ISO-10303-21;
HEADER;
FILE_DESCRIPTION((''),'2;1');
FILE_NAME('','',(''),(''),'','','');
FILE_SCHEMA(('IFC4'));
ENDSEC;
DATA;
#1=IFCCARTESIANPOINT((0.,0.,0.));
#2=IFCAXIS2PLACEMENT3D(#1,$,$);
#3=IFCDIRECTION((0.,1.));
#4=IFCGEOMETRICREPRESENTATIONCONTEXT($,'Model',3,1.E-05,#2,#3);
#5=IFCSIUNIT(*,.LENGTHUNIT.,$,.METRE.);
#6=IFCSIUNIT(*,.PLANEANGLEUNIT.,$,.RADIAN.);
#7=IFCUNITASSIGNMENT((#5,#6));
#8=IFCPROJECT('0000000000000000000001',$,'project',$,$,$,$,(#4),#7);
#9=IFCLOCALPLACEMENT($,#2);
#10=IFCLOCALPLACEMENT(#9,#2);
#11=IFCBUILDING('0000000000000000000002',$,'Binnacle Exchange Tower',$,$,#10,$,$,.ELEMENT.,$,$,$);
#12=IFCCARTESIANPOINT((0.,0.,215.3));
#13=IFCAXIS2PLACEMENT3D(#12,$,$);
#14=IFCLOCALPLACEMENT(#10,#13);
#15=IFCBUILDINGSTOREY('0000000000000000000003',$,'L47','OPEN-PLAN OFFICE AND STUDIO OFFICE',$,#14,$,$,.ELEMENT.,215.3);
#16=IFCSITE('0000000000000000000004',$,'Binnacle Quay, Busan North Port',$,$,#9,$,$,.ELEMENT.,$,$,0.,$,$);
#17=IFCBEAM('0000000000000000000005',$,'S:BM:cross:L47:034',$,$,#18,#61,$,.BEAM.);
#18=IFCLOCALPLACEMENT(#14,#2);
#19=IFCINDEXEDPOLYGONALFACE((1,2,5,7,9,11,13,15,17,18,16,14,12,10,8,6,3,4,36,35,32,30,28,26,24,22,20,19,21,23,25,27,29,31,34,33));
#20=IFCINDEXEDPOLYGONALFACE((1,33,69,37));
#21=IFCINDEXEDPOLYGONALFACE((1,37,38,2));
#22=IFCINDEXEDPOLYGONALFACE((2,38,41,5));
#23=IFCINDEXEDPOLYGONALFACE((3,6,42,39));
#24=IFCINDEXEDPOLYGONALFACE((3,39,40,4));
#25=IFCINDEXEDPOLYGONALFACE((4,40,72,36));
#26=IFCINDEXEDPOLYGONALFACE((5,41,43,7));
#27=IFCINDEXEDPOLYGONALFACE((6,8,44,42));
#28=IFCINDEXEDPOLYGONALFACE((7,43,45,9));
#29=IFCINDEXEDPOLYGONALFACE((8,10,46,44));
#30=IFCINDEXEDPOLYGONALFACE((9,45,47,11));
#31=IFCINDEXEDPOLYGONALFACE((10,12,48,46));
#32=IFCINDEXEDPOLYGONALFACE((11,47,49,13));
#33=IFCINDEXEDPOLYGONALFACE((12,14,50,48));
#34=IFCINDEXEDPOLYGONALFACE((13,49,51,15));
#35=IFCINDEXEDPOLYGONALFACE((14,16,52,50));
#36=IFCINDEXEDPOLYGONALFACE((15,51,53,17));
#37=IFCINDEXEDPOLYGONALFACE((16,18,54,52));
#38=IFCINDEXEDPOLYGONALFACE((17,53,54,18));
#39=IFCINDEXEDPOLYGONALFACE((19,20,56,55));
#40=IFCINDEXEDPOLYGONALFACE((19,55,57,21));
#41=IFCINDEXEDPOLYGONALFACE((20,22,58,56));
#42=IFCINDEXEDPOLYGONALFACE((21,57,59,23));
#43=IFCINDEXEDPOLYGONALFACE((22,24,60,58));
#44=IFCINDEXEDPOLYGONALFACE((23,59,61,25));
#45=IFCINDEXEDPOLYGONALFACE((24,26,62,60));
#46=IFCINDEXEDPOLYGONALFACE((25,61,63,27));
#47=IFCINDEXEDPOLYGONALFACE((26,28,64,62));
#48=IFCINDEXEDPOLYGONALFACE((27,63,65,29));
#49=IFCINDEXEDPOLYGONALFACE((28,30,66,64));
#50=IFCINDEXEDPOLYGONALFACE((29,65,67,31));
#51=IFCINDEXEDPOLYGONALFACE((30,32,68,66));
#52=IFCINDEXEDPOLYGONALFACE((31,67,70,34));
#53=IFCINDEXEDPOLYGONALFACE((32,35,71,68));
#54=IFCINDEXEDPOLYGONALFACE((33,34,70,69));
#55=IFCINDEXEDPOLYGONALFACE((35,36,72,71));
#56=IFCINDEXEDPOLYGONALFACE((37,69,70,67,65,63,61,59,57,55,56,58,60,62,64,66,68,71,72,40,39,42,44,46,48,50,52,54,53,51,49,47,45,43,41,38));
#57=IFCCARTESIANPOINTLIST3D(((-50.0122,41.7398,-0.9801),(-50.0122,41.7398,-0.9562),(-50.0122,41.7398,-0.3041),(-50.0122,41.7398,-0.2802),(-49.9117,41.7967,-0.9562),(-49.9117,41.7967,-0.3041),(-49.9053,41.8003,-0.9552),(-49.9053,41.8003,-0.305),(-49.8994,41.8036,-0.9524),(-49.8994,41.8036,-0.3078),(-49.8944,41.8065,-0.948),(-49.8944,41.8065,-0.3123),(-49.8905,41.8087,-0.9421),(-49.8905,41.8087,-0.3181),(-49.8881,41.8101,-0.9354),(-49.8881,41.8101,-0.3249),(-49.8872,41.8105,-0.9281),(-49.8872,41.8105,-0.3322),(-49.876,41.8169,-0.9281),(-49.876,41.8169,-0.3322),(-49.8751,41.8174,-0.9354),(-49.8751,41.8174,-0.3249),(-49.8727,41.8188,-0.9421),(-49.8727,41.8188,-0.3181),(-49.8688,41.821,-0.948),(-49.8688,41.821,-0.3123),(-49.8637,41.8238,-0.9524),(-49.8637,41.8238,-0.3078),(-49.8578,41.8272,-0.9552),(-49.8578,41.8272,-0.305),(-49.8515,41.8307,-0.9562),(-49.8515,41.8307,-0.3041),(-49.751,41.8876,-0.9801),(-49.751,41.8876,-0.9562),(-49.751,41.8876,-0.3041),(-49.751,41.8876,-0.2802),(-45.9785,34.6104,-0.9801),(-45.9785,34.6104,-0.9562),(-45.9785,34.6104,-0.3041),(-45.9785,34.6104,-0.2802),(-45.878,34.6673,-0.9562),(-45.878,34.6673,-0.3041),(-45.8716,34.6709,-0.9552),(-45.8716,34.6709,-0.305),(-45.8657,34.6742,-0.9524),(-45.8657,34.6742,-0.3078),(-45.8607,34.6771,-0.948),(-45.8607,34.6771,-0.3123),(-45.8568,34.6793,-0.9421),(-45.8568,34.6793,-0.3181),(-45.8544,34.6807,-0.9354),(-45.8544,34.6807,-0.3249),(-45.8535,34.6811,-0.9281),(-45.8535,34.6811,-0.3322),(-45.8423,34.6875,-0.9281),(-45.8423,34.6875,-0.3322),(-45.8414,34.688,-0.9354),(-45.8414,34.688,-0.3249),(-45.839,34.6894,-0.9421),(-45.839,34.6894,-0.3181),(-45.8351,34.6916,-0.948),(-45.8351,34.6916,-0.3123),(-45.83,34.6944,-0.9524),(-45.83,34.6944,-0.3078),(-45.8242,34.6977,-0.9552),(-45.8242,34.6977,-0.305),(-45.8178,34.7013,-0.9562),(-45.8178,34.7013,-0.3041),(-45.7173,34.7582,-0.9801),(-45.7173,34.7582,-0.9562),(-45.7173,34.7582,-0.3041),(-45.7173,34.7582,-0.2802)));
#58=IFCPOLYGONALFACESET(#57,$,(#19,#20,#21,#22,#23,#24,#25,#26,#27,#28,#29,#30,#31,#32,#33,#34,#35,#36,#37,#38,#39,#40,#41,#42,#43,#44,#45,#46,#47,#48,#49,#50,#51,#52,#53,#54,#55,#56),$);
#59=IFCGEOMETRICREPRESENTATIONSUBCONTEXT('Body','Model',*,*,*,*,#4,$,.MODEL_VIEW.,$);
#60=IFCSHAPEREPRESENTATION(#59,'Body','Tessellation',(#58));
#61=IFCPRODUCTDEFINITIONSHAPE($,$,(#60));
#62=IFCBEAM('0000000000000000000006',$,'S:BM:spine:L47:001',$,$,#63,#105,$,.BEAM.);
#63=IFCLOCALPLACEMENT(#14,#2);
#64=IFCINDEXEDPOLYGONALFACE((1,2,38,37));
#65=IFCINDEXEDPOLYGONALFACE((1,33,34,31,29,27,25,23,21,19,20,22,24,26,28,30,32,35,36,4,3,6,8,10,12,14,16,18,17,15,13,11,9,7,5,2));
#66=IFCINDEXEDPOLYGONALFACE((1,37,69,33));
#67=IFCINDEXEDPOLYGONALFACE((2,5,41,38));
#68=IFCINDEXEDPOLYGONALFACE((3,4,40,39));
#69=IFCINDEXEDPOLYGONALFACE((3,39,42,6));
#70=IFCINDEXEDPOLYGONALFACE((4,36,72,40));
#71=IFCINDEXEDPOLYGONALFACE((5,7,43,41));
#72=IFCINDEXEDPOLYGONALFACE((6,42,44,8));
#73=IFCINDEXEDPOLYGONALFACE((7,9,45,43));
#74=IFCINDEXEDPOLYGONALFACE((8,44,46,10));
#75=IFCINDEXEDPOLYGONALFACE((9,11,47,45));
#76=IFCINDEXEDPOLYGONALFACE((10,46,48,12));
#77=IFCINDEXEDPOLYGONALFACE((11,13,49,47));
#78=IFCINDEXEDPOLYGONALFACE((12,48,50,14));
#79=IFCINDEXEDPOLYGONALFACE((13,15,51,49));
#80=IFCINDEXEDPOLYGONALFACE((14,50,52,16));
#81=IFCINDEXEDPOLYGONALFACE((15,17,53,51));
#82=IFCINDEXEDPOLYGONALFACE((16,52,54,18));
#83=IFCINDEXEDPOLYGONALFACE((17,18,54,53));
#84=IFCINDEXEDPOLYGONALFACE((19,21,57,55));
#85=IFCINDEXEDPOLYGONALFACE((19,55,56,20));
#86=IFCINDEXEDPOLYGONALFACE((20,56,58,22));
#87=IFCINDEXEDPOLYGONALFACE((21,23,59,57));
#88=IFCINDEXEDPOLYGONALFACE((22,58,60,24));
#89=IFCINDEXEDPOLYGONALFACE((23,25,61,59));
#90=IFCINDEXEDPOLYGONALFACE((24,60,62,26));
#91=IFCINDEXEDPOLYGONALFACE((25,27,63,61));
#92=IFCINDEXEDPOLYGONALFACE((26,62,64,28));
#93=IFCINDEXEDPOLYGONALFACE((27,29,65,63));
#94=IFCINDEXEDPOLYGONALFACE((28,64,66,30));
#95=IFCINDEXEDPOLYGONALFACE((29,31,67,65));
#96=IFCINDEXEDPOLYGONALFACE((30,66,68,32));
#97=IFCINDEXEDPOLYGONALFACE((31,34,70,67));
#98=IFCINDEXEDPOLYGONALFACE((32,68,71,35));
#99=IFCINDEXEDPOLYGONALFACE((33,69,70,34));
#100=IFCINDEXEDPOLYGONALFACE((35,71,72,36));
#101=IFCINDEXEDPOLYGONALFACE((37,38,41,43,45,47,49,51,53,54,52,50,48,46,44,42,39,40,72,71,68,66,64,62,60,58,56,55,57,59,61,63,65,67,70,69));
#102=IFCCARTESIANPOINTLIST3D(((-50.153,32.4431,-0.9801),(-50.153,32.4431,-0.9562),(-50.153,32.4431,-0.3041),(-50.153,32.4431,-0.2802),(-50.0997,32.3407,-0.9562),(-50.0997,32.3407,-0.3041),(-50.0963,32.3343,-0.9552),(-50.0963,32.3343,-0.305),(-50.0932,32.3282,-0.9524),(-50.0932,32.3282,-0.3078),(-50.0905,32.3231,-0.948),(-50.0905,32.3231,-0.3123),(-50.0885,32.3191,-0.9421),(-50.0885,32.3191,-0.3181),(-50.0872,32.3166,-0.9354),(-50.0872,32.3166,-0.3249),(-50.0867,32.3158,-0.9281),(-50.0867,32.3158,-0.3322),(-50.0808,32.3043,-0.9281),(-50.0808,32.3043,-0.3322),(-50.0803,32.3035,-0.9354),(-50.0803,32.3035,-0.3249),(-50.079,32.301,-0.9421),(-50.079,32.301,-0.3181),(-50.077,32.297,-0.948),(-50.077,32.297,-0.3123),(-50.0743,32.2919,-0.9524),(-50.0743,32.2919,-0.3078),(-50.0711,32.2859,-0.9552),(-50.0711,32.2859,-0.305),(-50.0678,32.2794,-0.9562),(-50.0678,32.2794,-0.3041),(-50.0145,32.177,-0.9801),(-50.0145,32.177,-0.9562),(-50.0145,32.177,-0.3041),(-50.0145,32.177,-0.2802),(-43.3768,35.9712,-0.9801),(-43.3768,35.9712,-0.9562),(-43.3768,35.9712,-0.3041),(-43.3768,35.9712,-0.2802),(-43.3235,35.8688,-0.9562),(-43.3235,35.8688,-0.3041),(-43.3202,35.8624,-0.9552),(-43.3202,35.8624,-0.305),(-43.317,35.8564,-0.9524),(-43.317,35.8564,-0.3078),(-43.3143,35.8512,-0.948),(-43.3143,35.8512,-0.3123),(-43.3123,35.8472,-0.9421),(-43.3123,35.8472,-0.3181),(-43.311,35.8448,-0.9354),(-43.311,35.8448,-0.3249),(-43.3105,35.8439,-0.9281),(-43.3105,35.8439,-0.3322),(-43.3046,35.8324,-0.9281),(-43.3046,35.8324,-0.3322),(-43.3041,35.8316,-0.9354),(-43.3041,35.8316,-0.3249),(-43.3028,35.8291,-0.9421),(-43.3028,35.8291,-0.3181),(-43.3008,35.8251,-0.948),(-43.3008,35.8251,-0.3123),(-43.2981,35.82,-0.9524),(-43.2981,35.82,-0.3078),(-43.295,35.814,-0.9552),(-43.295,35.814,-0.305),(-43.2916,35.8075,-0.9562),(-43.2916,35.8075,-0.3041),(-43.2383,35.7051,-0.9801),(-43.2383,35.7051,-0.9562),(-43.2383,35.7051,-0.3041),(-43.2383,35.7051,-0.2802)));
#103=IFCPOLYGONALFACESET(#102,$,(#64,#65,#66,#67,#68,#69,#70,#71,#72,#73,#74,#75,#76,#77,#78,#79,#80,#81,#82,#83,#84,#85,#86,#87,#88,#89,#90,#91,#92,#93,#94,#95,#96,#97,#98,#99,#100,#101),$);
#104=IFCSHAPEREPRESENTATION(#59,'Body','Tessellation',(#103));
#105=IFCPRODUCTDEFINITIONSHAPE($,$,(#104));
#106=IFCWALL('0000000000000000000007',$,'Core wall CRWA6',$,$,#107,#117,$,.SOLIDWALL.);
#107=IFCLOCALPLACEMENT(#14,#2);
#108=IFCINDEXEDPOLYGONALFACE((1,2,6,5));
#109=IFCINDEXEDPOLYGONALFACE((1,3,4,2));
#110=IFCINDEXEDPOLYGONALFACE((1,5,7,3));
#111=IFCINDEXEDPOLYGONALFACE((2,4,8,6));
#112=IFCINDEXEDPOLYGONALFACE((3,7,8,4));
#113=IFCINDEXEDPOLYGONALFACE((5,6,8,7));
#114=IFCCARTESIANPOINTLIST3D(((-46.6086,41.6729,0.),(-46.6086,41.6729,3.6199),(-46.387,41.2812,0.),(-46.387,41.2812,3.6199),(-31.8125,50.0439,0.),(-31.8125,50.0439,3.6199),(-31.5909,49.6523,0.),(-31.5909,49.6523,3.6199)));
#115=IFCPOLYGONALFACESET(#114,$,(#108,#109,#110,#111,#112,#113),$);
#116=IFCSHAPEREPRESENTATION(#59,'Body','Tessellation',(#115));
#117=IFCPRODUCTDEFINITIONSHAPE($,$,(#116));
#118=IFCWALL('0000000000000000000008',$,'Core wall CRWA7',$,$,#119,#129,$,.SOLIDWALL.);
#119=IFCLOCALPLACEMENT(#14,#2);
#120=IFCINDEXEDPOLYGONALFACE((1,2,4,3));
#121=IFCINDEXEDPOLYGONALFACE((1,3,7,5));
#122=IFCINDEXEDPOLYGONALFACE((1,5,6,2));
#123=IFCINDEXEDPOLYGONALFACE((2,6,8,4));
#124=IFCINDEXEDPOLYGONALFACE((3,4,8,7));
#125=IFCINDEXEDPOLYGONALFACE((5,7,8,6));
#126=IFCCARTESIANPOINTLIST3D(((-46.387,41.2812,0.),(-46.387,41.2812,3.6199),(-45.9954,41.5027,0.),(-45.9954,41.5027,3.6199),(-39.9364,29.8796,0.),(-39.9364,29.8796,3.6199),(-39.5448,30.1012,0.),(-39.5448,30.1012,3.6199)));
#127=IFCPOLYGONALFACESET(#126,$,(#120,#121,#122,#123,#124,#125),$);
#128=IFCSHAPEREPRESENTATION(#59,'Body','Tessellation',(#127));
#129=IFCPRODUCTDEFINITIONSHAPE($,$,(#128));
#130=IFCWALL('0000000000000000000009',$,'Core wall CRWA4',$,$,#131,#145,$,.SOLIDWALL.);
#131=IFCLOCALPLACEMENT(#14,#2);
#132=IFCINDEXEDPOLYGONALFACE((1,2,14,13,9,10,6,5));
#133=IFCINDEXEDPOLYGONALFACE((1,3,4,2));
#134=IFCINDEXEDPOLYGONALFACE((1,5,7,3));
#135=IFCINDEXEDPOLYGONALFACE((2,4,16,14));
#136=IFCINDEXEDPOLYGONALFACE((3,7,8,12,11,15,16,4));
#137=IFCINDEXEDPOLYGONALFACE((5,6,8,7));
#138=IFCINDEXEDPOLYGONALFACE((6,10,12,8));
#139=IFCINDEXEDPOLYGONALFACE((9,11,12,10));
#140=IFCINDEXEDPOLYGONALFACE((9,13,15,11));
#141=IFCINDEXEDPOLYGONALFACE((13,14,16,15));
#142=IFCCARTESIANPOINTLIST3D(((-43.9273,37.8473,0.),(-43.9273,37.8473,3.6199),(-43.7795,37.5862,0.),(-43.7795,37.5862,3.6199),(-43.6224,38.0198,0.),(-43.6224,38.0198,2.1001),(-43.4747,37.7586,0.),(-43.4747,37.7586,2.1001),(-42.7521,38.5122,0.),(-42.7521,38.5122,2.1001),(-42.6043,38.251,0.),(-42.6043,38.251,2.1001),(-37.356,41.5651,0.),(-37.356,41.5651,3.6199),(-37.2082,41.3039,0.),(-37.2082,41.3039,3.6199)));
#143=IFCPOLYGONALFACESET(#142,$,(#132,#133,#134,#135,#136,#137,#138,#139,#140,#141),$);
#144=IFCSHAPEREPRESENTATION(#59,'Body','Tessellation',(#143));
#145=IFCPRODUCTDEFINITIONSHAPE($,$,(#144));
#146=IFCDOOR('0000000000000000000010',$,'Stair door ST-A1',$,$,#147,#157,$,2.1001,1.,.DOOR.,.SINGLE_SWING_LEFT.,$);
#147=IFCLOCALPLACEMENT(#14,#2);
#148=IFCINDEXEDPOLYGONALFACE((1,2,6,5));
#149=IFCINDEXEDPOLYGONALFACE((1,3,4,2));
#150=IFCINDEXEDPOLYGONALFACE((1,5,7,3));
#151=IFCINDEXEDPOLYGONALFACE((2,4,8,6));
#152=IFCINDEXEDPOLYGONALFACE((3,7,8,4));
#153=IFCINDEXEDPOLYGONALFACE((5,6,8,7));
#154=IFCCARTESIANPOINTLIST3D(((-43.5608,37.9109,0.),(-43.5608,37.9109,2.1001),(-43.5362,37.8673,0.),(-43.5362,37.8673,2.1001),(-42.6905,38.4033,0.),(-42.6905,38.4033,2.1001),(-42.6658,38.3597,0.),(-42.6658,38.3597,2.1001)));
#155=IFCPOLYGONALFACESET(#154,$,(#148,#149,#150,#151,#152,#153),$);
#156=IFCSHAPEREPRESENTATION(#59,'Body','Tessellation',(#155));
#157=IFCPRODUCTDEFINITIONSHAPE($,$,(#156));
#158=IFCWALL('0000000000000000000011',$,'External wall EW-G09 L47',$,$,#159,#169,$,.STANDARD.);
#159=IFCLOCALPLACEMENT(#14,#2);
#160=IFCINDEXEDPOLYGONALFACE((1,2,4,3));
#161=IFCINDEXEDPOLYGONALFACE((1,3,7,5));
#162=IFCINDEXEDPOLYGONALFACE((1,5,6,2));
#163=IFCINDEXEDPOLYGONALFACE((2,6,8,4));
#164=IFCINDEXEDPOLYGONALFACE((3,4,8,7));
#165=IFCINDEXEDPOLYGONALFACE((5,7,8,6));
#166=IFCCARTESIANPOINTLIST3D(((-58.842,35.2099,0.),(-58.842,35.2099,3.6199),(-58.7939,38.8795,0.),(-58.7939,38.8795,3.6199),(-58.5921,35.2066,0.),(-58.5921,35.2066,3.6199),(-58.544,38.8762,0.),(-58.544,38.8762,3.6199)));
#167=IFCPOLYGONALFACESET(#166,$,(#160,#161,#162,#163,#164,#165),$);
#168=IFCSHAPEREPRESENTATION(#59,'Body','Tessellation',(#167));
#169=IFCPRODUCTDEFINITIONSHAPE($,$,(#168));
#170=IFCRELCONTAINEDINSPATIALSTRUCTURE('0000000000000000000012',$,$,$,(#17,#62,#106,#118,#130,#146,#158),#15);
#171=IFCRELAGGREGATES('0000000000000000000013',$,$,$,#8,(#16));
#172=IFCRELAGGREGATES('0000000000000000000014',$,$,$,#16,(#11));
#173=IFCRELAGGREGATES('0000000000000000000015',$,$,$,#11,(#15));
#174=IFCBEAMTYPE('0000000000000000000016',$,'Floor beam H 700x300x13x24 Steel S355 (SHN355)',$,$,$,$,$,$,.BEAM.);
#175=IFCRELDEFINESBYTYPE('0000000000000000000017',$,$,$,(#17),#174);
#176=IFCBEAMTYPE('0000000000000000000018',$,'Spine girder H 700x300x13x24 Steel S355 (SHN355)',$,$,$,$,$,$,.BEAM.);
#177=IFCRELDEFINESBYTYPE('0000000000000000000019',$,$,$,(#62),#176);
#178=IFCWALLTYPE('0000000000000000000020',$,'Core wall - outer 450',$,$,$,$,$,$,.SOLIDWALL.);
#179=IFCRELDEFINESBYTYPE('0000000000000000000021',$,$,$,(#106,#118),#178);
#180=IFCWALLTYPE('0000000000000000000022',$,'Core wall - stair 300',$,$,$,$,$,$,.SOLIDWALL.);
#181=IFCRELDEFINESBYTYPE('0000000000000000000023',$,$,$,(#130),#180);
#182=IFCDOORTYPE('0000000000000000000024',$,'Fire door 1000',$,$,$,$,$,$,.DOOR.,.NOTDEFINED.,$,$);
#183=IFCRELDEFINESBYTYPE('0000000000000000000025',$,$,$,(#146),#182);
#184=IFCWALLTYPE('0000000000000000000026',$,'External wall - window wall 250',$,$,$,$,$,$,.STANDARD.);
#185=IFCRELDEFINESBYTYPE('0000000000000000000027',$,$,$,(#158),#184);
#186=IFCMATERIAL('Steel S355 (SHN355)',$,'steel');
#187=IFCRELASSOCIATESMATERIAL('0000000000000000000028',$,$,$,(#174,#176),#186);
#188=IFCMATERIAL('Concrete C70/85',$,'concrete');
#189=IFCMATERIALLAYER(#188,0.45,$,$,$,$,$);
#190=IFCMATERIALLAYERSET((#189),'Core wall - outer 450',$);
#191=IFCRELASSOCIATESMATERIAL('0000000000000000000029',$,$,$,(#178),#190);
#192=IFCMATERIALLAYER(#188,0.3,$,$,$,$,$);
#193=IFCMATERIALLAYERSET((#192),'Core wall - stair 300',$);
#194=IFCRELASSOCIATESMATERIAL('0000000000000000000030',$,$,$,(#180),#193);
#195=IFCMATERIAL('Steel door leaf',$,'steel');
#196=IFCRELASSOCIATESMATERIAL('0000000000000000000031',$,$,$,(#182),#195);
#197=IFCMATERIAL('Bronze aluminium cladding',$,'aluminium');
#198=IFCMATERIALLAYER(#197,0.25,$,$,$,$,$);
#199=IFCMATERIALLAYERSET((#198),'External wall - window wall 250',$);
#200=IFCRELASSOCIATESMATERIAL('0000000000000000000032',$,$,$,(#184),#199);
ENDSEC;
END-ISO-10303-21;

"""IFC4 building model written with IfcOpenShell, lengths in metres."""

from ifc_helpers import new_model, si_unit, direction, frame, frame_2d, origin, origin_2d, place, context, subcontext, project, spatial, rectangle, i_section, extrude, material, layer, layer_set, material_profile, profile_set, type_object, element, fill, save


model = new_model("IFC4")

# Units and contexts
model_context = context("Model", 3, precision=1e-05, world=origin(), true_north=direction((0.0, 1.0)))
body_context = subcontext(model_context, "Body", "Model", "MODEL_VIEW")
ifc_project = project(units=[si_unit("LENGTHUNIT", "METRE"), si_unit("PLANEANGLEUNIT", "RADIAN")], contexts=[model_context])

# Site, building, storey
site_placement = place(None, origin())
site = spatial("IfcSite", under=ifc_project, at=site_placement, Name="Binnacle Quay, Busan North Port", CompositionType="ELEMENT", RefElevation=0.0)
building_placement = place(site_placement, origin())
building = spatial("IfcBuilding", under=site, at=building_placement, Name="Binnacle Exchange Tower", CompositionType="ELEMENT")
storey_placement = place(building_placement, frame((0.0, 0.0, 215.3)))
storey = spatial("IfcBuildingStorey", under=building, at=storey_placement, Name="L47", Description="OPEN-PLAN OFFICE AND STUDIO OFFICE", CompositionType="ELEMENT", Elevation=215.3)

# Beams
ifc_material_1 = material(Name="Steel S355 (SHN355)", Category="steel")
ifc_material_profile_1 = material_profile(ifc_material_1, i_section(OverallWidth=0.3, OverallDepth=0.7, WebThickness=0.0129, FlangeThickness=0.0239, FilletRadius=0.0281, at=origin_2d()), Name="H 700x300x13x24")
ifc_profile_set_1 = profile_set([ifc_material_profile_1], Name="Steel S355 (SHN355)")
beam_type_1 = type_object("IfcBeamType", Name="Floor beam H 700x300x13x24 Steel S355 (SHN355)", PredefinedType="BEAM", material=ifc_profile_set_1)
beam_1_placement = place(storey_placement, frame((-49.8816, 41.8137, -0.6301), z_axis=(0.49243, -0.870352, 0.0), x_axis=(0.870352, 0.49243, 0.0)))
element("IfcBeam", 1, at=beam_1_placement, inside=storey, type_object=beam_type_1, Name="S:BM:cross:L47:034", PredefinedType="BEAM", context=body_context, shape_type="SweptSolid", body=[
    extrude(i_section(OverallWidth=0.3, OverallDepth=0.7, WebThickness=0.0129, FlangeThickness=0.0239, FilletRadius=0.0281, at=origin_2d()), origin(), (0.0, 0.0, 1.0), 8.1914),
])
ifc_material_profile_2 = material_profile(ifc_material_1, i_section(OverallWidth=0.3, OverallDepth=0.7, WebThickness=0.0129, FlangeThickness=0.0239, FilletRadius=0.0281, at=origin_2d()), Name="H 700x300x13x24")
ifc_profile_set_2 = profile_set([ifc_material_profile_2], Name="Steel S355 (SHN355)")
beam_type_2 = type_object("IfcBeamType", Name="Spine girder H 700x300x13x24 Steel S355 (SHN355)", PredefinedType="BEAM", material=ifc_profile_set_2)
beam_2_placement = place(storey_placement, frame((-50.0837, 32.3101, -0.6301), z_axis=(0.886976, 0.461816, 0.0), x_axis=(-0.461816, 0.886976, 0.0)))
element("IfcBeam", 2, at=beam_2_placement, inside=storey, type_object=beam_type_2, Name="S:BM:spine:L47:001", PredefinedType="BEAM", context=body_context, shape_type="SweptSolid", body=[
    extrude(i_section(OverallWidth=0.3, OverallDepth=0.7, WebThickness=0.0129, FlangeThickness=0.0239, FilletRadius=0.0281, at=origin_2d()), origin(), (0.0, 0.0, 1.0), 7.6396),
])

# Walls
ifc_material_2 = material(Name="Concrete C70/85", Category="concrete")
ifc_layer_1 = layer(ifc_material_2, 0.45)
ifc_layer_set_1 = layer_set([ifc_layer_1], Name="Core wall - outer 450")
wall_type_1 = type_object("IfcWallType", Name="Core wall - outer 450", PredefinedType="SOLIDWALL", material=ifc_layer_set_1)
wall_1_placement = place(storey_placement, frame((-46.4978, 41.4771, 0.0), z_axis=(0.0, 0.0, 1.0), x_axis=(0.87036, 0.492416, 0.0)))
element("IfcWall", 3, at=wall_1_placement, inside=storey, type_object=wall_type_1, Name="Core wall CRWA6", PredefinedType="SOLIDWALL", context=body_context, shape_type="SweptSolid", body=[
    extrude(rectangle(XDim=17.0, YDim=0.45, at=frame_2d((8.5, 0.0))), origin(), (0.0, 0.0, 1.0), 3.6199),
])
wall_2_placement = place(storey_placement, frame((-46.1912, 41.3918, 0.0), z_axis=(0.0, 0.0, 1.0), x_axis=(0.492421, -0.870357, 0.0)))
element("IfcWall", 4, at=wall_2_placement, inside=storey, type_object=wall_type_1, Name="Core wall CRWA7", PredefinedType="SOLIDWALL", context=body_context, shape_type="SweptSolid", body=[
    extrude(rectangle(XDim=13.0999, YDim=0.45, at=frame_2d((6.5498, 0.0))), origin(), (0.0, 0.0, 1.0), 3.6199),
])

# Wall, opening, door
ifc_layer_2 = layer(ifc_material_2, 0.3)
ifc_layer_set_2 = layer_set([ifc_layer_2], Name="Core wall - stair 300")
wall_type_2 = type_object("IfcWallType", Name="Core wall - stair 300", PredefinedType="SOLIDWALL", material=ifc_layer_set_2)
wall_3_placement = place(storey_placement, frame((-43.8533, 37.7168, 0.0), z_axis=(0.0, 0.0, 1.0), x_axis=(0.87036, 0.492415, 0.0)))
wall_3 = element("IfcWall", 5, at=wall_3_placement, inside=storey, type_object=wall_type_2, Name="Core wall CRWA4", PredefinedType="SOLIDWALL", context=body_context, shape_type="SweptSolid", body=[
    extrude(rectangle(XDim=7.55, YDim=0.3, at=frame_2d((3.7749, 0.0))), origin(), (0.0, 0.0, 1.0), 3.6199),
])
opening_1_placement = place(wall_3_placement, frame((0.3501, 0.0, 0.0)))
opening_1 = element("IfcOpeningElement", 6, at=opening_1_placement, cuts=wall_3, PredefinedType="OPENING", context=body_context, shape_type="SweptSolid", body=[
    extrude(rectangle(XDim=1.0, YDim=2.1001, at=frame_2d((0.5, 1.05))), frame((0.0, 0.1599, 0.0), z_axis=(0.0, -1.0, 0.0), x_axis=(1.0, 0.0, 0.0)), (0.0, 0.0, 1.0), 0.3201),
])
ifc_material_3 = material(Name="Steel door leaf", Category="steel")
door_type_1 = type_object("IfcDoorType", Name="Fire door 1000", OperationType="NOTDEFINED", PredefinedType="DOOR", material=ifc_material_3)
door_1_placement = place(opening_1_placement, origin())
door_1 = element("IfcDoor", 7, at=door_1_placement, inside=storey, type_object=door_type_1, Name="Stair door ST-A1", OperationType="SINGLE_SWING_LEFT", OverallHeight=2.1001, OverallWidth=1.0, PredefinedType="DOOR", context=body_context, shape_type="SweptSolid", body=[
    extrude(rectangle(XDim=1.0, YDim=2.1001, at=frame_2d((0.5, 1.05))), frame((0.0, 0.0249, 0.0), z_axis=(0.0, -1.0, 0.0), x_axis=(1.0, 0.0, 0.0)), (0.0, 0.0, 1.0), 0.05),
])
fill(opening_1, door_1)

# Wall
ifc_material_4 = material(Name="Bronze aluminium cladding", Category="aluminium")
ifc_layer_3 = layer(ifc_material_4, 0.25)
ifc_layer_set_3 = layer_set([ifc_layer_3], Name="External wall - window wall 250")
wall_type_3 = type_object("IfcWallType", Name="External wall - window wall 250", PredefinedType="STANDARD", material=ifc_layer_set_3)
wall_4_placement = place(storey_placement, frame((-58.717, 35.2083, 0.0), z_axis=(0.0, 0.0, 1.0), x_axis=(0.013105, 0.999914, 0.0)))
element("IfcWall", 8, at=wall_4_placement, inside=storey, type_object=wall_type_3, Name="External wall EW-G09 L47", PredefinedType="STANDARD", context=body_context, shape_type="SweptSolid", body=[
    extrude(rectangle(XDim=3.6699, YDim=0.25, at=frame_2d((1.835, 0.0))), origin(), (0.0, 0.0, 1.0), 3.6199),
])

save(model, "model.ifc")
